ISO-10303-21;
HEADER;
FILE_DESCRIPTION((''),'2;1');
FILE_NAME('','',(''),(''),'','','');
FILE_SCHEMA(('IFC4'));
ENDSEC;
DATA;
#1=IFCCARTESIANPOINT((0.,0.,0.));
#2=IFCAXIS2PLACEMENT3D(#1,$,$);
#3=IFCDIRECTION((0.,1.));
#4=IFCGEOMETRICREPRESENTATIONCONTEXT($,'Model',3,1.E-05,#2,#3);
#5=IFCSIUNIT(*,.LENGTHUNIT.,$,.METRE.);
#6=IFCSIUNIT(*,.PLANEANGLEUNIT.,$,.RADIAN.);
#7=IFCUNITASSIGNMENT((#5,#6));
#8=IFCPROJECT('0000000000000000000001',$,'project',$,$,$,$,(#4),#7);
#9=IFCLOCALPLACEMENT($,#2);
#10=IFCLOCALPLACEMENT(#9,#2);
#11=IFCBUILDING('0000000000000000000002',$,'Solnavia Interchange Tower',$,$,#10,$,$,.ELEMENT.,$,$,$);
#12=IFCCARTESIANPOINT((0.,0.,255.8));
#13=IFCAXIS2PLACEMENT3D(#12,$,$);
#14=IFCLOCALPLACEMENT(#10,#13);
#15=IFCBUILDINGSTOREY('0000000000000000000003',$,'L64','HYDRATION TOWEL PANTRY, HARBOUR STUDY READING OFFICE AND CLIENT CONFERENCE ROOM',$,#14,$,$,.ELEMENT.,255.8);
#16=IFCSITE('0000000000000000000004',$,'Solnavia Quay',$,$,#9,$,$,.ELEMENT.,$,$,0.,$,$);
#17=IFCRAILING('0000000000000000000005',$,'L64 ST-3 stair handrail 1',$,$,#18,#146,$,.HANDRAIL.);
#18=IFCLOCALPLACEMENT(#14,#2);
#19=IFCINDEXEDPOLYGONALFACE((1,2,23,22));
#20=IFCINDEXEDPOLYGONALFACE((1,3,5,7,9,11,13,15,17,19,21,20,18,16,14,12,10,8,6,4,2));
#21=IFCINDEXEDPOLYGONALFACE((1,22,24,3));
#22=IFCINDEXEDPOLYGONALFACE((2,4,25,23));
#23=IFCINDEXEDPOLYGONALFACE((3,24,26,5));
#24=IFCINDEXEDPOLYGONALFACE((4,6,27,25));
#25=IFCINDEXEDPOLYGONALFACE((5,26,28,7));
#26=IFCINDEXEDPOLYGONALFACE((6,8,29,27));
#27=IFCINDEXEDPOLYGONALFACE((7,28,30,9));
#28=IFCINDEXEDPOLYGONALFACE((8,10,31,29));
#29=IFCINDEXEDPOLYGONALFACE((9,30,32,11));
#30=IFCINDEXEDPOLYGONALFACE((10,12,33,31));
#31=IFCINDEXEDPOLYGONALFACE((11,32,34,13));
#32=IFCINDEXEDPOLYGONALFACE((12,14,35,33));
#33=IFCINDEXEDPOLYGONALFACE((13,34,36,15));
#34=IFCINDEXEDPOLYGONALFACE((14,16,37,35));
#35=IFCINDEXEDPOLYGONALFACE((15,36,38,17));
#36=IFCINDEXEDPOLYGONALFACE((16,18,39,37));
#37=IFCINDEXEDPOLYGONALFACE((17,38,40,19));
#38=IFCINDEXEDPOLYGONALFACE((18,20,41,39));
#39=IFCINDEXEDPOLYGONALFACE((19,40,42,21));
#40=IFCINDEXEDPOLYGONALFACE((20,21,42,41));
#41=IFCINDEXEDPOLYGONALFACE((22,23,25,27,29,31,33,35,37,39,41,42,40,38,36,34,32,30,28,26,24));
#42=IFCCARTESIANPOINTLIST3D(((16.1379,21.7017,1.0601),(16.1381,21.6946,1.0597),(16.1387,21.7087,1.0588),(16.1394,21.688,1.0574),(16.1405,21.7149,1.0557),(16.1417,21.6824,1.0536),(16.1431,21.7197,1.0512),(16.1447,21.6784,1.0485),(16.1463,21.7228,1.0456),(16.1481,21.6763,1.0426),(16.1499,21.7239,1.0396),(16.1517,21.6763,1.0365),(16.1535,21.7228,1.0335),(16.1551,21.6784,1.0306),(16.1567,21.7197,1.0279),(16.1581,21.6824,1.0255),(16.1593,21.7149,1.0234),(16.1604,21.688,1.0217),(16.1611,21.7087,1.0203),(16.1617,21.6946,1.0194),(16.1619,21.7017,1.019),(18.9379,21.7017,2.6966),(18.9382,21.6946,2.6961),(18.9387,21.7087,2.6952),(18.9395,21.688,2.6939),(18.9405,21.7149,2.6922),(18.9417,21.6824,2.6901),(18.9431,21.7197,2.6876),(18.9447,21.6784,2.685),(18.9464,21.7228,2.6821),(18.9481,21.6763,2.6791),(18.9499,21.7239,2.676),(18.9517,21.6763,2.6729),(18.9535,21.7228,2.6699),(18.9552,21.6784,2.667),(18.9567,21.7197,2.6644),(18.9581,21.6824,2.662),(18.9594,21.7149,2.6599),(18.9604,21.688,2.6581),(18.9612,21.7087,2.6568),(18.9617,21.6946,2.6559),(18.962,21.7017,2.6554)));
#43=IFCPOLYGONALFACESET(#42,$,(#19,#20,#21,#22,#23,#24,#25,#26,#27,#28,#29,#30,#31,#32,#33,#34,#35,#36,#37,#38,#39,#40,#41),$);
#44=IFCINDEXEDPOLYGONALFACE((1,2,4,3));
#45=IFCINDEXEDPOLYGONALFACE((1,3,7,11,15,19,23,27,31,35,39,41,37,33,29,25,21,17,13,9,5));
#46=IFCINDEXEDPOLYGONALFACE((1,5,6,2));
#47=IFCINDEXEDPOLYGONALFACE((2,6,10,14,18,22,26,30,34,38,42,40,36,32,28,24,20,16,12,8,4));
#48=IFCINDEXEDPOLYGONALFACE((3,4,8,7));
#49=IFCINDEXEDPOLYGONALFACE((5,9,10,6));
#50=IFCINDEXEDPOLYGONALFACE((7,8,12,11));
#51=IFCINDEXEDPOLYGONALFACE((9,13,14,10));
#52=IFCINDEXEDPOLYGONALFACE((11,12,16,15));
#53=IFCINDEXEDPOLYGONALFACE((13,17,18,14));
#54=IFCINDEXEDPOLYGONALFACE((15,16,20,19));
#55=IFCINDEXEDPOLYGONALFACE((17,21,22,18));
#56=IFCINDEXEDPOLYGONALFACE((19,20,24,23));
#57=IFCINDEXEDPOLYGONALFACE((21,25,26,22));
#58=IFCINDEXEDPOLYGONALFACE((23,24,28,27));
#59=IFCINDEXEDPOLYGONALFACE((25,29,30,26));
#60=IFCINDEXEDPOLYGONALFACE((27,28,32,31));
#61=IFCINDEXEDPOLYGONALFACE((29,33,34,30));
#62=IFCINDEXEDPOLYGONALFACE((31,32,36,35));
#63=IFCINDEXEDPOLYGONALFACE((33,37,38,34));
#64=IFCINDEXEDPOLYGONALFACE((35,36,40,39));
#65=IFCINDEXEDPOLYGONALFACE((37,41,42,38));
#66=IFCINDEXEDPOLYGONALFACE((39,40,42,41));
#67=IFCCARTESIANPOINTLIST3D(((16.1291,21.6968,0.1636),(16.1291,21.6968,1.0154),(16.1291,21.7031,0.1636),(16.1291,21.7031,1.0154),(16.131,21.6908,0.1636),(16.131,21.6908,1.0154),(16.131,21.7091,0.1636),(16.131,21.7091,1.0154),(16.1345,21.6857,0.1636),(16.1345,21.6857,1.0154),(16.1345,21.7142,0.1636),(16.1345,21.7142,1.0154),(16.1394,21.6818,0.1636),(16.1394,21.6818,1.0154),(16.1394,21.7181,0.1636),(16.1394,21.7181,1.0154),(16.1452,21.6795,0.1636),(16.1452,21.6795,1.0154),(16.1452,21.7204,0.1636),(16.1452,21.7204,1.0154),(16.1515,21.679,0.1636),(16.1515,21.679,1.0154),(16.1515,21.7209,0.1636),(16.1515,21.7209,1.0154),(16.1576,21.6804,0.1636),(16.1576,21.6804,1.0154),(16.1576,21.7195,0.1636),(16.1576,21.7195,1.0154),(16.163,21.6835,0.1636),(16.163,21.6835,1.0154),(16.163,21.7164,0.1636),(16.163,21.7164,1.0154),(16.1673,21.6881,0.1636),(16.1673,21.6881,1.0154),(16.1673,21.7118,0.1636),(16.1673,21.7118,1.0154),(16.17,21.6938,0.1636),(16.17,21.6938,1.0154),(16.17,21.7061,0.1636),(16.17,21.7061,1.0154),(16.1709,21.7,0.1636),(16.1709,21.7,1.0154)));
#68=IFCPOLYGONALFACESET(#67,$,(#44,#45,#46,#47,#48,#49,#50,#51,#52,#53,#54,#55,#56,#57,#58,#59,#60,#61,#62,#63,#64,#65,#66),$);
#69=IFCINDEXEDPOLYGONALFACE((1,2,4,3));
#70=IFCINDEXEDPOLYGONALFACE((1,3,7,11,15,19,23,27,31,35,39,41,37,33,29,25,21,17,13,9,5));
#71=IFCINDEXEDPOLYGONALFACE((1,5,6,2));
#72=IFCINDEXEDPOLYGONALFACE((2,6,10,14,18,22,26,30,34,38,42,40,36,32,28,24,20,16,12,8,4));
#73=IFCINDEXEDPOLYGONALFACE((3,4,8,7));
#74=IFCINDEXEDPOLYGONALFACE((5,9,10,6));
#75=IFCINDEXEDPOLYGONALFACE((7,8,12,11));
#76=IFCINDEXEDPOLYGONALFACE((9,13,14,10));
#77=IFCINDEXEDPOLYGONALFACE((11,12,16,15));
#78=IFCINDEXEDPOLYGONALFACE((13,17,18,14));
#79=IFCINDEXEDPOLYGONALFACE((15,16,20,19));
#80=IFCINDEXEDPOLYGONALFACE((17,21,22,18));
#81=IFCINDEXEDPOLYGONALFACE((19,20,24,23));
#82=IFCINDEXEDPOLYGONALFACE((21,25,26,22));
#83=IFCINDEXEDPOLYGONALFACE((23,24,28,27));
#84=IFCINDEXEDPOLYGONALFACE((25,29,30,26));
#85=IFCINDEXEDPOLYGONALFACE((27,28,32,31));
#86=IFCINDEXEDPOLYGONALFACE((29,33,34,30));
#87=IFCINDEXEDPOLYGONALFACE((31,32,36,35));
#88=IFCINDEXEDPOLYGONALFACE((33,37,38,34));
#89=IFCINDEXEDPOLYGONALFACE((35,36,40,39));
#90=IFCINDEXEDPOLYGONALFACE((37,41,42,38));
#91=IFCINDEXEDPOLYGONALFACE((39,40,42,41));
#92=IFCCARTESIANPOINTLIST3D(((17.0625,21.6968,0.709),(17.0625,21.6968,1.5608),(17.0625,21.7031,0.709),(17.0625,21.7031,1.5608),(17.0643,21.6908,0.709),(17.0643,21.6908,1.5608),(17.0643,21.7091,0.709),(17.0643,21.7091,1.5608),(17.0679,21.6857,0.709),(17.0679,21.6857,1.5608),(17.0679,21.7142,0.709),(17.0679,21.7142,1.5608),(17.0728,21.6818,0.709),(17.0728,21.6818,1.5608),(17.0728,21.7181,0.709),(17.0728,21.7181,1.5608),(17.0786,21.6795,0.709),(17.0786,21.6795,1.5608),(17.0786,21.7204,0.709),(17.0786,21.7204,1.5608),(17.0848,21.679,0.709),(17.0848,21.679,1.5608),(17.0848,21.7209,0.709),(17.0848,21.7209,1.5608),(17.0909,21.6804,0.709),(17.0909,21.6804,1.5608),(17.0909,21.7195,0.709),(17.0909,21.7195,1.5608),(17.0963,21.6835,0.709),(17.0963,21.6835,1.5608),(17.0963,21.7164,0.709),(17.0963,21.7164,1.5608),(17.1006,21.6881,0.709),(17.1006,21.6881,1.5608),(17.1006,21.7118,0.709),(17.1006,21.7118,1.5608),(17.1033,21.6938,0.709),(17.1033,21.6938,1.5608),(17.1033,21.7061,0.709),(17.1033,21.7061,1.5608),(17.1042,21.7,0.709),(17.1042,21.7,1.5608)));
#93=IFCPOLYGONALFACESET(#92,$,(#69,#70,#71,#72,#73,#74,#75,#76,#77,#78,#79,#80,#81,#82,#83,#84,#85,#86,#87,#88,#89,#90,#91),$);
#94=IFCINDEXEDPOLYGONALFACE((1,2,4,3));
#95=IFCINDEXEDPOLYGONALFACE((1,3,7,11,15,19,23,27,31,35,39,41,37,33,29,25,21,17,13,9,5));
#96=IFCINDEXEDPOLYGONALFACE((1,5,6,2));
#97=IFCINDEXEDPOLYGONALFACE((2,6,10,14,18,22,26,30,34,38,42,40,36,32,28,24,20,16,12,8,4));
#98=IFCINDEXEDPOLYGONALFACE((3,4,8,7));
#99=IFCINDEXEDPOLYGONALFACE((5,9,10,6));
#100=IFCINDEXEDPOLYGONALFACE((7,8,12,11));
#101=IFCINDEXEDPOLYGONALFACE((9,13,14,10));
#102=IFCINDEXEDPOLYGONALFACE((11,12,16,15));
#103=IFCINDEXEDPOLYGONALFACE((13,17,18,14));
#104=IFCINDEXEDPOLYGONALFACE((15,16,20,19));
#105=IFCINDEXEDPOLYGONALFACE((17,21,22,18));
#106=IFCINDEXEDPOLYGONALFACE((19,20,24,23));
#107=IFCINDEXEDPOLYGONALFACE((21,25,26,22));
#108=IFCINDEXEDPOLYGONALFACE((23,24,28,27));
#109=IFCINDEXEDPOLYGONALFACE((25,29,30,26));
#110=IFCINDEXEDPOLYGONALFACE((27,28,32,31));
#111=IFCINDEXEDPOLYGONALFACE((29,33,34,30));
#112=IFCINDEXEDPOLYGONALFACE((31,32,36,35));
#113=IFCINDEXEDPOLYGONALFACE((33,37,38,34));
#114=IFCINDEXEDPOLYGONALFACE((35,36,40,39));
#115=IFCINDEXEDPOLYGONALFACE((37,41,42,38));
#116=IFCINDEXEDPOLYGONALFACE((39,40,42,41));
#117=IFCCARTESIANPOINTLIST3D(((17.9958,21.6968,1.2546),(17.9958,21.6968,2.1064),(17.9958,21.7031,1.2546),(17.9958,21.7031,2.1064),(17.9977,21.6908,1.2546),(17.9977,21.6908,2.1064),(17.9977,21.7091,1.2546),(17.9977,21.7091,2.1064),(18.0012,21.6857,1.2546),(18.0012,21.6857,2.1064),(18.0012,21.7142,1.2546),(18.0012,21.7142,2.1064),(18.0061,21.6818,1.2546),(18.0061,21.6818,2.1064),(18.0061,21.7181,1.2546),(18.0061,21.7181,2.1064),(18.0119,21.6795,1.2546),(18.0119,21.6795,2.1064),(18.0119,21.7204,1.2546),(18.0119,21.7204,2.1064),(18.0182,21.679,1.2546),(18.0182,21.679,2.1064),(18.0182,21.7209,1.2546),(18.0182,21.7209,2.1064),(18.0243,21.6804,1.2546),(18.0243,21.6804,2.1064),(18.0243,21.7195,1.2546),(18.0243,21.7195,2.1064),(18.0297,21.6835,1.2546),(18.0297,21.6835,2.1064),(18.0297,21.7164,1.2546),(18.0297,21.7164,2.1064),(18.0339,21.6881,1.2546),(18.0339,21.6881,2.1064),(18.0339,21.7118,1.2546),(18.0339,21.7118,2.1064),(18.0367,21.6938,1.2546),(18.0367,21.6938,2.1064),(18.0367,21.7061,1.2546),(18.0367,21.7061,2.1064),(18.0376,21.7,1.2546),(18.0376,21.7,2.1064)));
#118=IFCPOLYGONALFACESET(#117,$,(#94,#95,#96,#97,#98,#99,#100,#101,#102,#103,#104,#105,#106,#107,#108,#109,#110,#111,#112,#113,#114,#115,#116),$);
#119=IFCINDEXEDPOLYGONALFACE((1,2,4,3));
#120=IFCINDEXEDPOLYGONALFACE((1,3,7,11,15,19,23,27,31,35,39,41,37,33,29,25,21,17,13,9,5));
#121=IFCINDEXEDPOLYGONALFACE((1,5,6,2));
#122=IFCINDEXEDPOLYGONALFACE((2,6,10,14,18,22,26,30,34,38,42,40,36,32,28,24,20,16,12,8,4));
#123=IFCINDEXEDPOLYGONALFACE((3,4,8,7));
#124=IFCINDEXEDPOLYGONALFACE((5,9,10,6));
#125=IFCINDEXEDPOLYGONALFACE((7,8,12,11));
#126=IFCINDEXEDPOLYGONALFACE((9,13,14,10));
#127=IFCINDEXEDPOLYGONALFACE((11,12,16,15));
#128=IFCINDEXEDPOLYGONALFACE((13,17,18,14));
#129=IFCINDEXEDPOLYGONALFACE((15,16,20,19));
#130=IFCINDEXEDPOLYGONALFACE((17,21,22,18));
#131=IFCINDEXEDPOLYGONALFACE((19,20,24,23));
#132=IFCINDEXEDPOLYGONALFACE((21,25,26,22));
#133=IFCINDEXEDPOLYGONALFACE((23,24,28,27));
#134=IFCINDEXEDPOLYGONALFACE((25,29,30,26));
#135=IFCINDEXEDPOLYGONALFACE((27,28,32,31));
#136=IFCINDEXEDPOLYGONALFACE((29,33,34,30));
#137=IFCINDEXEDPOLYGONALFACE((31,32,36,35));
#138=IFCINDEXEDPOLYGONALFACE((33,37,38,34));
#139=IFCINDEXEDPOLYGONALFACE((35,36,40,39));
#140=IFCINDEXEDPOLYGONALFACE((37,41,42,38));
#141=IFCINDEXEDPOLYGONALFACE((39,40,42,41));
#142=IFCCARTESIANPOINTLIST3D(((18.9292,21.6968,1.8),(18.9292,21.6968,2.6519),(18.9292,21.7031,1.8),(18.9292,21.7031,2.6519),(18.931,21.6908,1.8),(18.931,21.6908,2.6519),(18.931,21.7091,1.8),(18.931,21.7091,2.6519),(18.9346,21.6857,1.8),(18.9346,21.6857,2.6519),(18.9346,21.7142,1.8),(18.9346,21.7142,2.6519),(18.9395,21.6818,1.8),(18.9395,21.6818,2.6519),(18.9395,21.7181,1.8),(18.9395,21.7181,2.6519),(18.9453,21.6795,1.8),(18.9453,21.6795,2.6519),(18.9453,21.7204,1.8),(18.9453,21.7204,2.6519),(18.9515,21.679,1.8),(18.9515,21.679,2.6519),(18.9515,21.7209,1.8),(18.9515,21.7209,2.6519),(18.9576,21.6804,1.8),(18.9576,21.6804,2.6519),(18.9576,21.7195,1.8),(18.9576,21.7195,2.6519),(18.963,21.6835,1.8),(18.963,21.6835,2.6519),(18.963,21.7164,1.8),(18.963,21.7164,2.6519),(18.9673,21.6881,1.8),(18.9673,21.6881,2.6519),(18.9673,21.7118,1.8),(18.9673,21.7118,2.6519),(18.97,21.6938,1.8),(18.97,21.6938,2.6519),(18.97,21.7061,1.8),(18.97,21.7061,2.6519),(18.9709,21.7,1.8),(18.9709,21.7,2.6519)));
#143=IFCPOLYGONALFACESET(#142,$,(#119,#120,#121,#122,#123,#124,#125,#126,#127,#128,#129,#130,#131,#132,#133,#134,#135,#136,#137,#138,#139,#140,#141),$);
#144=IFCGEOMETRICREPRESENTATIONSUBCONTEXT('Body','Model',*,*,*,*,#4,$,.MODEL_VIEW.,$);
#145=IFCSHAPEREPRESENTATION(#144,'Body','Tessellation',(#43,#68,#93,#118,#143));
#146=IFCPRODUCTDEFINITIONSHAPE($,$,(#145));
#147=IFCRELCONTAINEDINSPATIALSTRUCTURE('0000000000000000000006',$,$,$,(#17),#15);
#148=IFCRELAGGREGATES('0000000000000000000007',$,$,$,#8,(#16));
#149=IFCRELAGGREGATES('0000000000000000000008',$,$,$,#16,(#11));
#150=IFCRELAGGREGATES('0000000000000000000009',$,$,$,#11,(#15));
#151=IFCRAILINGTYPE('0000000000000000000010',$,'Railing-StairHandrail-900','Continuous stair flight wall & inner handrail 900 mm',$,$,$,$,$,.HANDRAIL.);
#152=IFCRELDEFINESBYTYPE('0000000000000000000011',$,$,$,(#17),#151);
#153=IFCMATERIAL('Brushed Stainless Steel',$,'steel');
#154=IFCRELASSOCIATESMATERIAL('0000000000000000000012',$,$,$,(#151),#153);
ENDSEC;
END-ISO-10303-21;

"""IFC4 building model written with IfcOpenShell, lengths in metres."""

from ifc_helpers import new_model, si_unit, direction, frame, origin, origin_2d, place, context, subcontext, project, spatial, circle, extrude, material, type_object, element, save


model = new_model("IFC4")

# Units and contexts
model_context = context("Model", 3, precision=1e-05, world=origin(), true_north=direction((0.0, 1.0)))
body_context = subcontext(model_context, "Body", "Model", "MODEL_VIEW")
ifc_project = project(units=[si_unit("LENGTHUNIT", "METRE"), si_unit("PLANEANGLEUNIT", "RADIAN")], contexts=[model_context])

# Site, building, storey
site_placement = place(None, origin())
site = spatial("IfcSite", under=ifc_project, at=site_placement, Name="Solnavia Quay", CompositionType="ELEMENT", RefElevation=0.0)
building_placement = place(site_placement, origin())
building = spatial("IfcBuilding", under=site, at=building_placement, Name="Solnavia Interchange Tower", CompositionType="ELEMENT")
storey_placement = place(building_placement, frame((0.0, 0.0, 255.8)))
storey = spatial("IfcBuildingStorey", under=building, at=storey_placement, Name="L64", Description="HYDRATION TOWEL PANTRY, HARBOUR STUDY READING OFFICE AND CLIENT CONFERENCE ROOM", CompositionType="ELEMENT", Elevation=255.8)

# Railing
ifc_material_1 = material(Name="Brushed Stainless Steel", Category="steel")
railing_type_1 = type_object("IfcRailingType", Name="Railing-StairHandrail-900", Description="Continuous stair flight wall & inner handrail 900 mm", PredefinedType="HANDRAIL", material=ifc_material_1)
railing_1_placement = place(storey_placement, frame((16.1499, 21.7, 0.1636)))
element("IfcRailing", 1, at=railing_1_placement, inside=storey, type_object=railing_type_1, Name="L64 ST-3 stair handrail 1", PredefinedType="HANDRAIL", context=body_context, shape_type="SweptSolid", body=[
    extrude(circle(Radius=0.0239, at=origin_2d()), frame((0.0, 0.0, 0.876), z_axis=(0.863361, 0.0, 0.504587), x_axis=(0.0, 1.0, 0.0)), (0.0, 0.0, 1.0), 3.2432),
    extrude(circle(Radius=0.021, at=origin_2d()), origin(), (0.0, 0.0, 1.0), 0.8518),
    extrude(circle(Radius=0.021, at=origin_2d()), frame((0.9333, 0.0, 0.5454)), (0.0, 0.0, 1.0), 0.8518),
    extrude(circle(Radius=0.021, at=origin_2d()), frame((1.8667, 0.0, 1.0911)), (0.0, 0.0, 1.0), 0.8518),
    extrude(circle(Radius=0.021, at=origin_2d()), frame((2.8, 0.0, 1.6365)), (0.0, 0.0, 1.0), 0.8518),
])

save(model, "model.ifc")
